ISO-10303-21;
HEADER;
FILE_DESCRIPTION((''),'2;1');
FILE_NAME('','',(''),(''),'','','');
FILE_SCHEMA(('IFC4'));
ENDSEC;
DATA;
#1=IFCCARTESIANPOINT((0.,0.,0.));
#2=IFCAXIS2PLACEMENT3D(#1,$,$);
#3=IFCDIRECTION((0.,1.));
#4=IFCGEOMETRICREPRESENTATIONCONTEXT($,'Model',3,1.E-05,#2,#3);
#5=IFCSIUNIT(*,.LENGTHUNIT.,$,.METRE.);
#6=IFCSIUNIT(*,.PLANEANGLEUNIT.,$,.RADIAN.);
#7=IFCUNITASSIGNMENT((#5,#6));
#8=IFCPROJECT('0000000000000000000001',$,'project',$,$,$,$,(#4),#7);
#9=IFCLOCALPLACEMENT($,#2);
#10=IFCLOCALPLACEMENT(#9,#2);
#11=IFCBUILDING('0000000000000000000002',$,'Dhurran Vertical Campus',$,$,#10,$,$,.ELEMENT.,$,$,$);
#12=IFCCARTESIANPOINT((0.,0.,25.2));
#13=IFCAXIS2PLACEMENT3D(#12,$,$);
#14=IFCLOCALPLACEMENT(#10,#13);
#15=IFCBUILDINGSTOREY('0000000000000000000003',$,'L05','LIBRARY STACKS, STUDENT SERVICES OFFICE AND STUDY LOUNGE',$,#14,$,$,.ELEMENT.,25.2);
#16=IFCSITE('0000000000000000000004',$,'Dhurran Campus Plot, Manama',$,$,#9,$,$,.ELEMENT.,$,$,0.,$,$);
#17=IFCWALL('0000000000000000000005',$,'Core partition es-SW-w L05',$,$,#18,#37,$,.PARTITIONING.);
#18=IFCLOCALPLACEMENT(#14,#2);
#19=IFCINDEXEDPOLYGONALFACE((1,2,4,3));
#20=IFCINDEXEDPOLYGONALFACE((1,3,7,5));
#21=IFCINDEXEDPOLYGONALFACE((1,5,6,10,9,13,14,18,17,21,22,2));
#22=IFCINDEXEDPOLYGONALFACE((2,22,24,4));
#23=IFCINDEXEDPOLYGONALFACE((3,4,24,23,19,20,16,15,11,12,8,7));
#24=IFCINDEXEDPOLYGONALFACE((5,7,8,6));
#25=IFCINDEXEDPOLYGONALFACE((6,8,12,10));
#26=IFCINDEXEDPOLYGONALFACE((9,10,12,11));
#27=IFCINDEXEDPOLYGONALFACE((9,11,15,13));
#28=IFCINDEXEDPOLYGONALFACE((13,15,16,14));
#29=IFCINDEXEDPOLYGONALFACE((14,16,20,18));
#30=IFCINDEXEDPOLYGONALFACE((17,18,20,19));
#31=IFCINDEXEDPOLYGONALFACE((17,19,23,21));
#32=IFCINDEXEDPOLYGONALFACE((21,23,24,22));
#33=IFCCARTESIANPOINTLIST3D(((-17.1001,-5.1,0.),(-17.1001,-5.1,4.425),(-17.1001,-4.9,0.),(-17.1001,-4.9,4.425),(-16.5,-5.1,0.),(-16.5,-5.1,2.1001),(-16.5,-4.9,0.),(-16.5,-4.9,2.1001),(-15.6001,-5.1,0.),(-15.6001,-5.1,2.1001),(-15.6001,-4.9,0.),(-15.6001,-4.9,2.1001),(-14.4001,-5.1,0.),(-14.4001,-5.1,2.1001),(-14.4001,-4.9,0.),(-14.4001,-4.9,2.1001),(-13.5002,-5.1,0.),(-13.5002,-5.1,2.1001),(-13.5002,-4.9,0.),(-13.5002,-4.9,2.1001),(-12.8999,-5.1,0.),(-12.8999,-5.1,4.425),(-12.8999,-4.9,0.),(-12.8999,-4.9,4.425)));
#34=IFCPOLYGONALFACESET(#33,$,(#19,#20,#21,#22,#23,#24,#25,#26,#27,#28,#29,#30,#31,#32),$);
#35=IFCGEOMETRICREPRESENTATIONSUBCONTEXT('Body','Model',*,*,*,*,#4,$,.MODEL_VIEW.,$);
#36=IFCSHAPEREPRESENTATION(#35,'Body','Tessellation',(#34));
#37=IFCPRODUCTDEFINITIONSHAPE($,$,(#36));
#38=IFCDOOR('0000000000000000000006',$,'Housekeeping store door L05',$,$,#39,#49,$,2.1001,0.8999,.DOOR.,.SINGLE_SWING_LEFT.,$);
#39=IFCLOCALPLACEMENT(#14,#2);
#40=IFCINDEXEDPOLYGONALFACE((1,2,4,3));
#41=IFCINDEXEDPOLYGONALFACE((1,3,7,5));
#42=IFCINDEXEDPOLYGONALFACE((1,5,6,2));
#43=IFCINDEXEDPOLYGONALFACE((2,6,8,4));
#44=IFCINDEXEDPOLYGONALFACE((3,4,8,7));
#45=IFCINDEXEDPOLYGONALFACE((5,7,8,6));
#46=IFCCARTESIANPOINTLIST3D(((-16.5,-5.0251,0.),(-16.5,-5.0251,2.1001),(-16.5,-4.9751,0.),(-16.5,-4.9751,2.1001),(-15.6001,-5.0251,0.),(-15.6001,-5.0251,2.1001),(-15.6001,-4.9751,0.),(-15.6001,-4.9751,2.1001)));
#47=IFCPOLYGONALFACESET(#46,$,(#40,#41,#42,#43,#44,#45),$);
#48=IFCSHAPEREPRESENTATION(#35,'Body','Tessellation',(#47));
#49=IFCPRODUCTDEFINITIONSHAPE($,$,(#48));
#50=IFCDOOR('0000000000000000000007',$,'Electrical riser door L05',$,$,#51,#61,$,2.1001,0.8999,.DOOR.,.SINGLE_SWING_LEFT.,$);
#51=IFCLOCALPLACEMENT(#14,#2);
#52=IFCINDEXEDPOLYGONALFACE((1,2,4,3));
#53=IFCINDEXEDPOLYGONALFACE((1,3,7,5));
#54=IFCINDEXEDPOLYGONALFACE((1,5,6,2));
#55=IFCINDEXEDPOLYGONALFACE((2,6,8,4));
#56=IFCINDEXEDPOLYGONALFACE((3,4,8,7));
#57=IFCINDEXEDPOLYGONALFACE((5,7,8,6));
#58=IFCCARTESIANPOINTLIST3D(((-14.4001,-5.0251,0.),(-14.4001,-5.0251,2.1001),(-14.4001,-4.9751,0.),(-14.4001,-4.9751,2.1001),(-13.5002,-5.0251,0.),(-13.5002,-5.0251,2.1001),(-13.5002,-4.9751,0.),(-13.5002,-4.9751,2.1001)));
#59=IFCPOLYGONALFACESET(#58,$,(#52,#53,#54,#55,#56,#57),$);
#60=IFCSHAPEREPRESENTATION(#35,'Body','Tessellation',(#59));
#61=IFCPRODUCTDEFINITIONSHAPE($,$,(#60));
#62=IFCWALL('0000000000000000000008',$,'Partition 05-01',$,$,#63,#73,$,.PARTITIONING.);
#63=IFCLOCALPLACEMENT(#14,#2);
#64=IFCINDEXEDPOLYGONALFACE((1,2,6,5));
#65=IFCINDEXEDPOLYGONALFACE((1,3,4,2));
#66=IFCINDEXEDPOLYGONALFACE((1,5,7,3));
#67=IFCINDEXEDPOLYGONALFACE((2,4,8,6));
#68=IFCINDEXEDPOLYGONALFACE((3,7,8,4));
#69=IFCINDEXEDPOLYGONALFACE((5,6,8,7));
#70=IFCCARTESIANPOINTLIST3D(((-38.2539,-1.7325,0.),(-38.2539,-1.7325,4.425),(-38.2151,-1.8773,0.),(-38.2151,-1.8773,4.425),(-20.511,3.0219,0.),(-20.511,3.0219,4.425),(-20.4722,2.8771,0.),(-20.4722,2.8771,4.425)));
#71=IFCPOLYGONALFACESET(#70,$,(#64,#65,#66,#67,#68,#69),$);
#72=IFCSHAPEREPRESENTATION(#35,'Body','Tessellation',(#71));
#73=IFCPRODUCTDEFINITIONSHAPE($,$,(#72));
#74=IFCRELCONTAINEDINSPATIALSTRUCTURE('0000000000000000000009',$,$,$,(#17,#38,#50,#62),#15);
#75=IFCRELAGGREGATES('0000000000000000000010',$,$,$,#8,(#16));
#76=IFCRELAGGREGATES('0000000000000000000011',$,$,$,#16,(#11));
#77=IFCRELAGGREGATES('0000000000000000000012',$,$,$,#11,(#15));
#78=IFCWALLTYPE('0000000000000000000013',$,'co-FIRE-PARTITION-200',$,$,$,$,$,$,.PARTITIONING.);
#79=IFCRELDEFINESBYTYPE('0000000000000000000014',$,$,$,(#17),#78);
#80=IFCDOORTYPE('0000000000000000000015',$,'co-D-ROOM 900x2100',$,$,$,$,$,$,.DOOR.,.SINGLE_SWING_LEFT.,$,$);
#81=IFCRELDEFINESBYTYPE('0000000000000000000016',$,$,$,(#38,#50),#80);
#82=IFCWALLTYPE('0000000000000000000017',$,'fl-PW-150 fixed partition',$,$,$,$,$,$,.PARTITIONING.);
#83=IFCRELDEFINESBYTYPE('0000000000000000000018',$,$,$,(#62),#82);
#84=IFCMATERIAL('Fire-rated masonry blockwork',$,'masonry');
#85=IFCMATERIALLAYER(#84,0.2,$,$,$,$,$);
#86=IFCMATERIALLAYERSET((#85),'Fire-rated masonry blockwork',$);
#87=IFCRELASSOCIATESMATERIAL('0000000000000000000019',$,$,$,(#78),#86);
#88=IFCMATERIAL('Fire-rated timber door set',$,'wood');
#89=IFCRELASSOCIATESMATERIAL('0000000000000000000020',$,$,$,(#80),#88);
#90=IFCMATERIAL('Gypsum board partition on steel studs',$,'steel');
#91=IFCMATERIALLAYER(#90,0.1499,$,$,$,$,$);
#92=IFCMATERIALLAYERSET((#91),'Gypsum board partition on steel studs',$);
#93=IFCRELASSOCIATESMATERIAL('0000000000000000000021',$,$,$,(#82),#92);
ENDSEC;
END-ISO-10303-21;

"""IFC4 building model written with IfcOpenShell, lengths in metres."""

from ifc_helpers import new_model, si_unit, direction, frame, frame_2d, origin, place, context, subcontext, project, spatial, rectangle, extrude, material, layer, layer_set, type_object, element, fill, save


model = new_model("IFC4")

# Units and contexts
model_context = context("Model", 3, precision=1e-05, world=origin(), true_north=direction((0.0, 1.0)))
body_context = subcontext(model_context, "Body", "Model", "MODEL_VIEW")
ifc_project = project(units=[si_unit("LENGTHUNIT", "METRE"), si_unit("PLANEANGLEUNIT", "RADIAN")], contexts=[model_context])

# Site, building, storey
site_placement = place(None, origin())
site = spatial("IfcSite", under=ifc_project, at=site_placement, Name="Dhurran Campus Plot, Manama", CompositionType="ELEMENT", RefElevation=0.0)
building_placement = place(site_placement, origin())
building = spatial("IfcBuilding", under=site, at=building_placement, Name="Dhurran Vertical Campus", CompositionType="ELEMENT")
storey_placement = place(building_placement, frame((0.0, 0.0, 25.2)))
storey = spatial("IfcBuildingStorey", under=building, at=storey_placement, Name="L05", Description="LIBRARY STACKS, STUDENT SERVICES OFFICE AND STUDY LOUNGE", CompositionType="ELEMENT", Elevation=25.2)

# Wall, openings, doors
ifc_material_1 = material(Name="Fire-rated masonry blockwork", Category="masonry")
ifc_layer_1 = layer(ifc_material_1, 0.2)
ifc_layer_set_1 = layer_set([ifc_layer_1], Name="Fire-rated masonry blockwork")
wall_type_1 = type_object("IfcWallType", Name="co-FIRE-PARTITION-200", PredefinedType="PARTITIONING", material=ifc_layer_set_1)
ifc_material_2 = material(Name="Fire-rated timber door set", Category="wood")
door_type_1 = type_object("IfcDoorType", Name="co-D-ROOM 900x2100", OperationType="SINGLE_SWING_LEFT", PredefinedType="DOOR", material=ifc_material_2)
wall_1_placement = place(storey_placement, frame((-17.1001, -5.0, 0.0), z_axis=(0.0, 0.0, 1.0), x_axis=(1.0, 0.0, 0.0)))
wall_1 = element("IfcWall", 1, at=wall_1_placement, inside=storey, type_object=wall_type_1, Name="Core partition es-SW-w L05", PredefinedType="PARTITIONING", context=body_context, shape_type="SweptSolid", body=[
    extrude(rectangle(XDim=4.2002, YDim=0.2, at=frame_2d((2.1001, 0.0))), origin(), (0.0, 0.0, 1.0), 4.425),
])
opening_1_placement = place(wall_1_placement, frame((0.6001, 0.0, 0.0)))
opening_1 = element("IfcOpeningElement", 2, at=opening_1_placement, cuts=wall_1, PredefinedType="OPENING", context=body_context, shape_type="SweptSolid", body=[
    extrude(rectangle(XDim=0.8999, YDim=2.1001, at=frame_2d((0.45, 1.05))), frame((0.0, 0.1099, 0.0), z_axis=(0.0, -1.0, 0.0), x_axis=(1.0, 0.0, 0.0)), (0.0, 0.0, 1.0), 0.22),
])
opening_2_placement = place(wall_1_placement, frame((2.7, 0.0, 0.0)))
opening_2 = element("IfcOpeningElement", 3, at=opening_2_placement, cuts=wall_1, PredefinedType="OPENING", context=body_context, shape_type="SweptSolid", body=[
    extrude(rectangle(XDim=0.8999, YDim=2.1001, at=frame_2d((0.45, 1.05))), frame((0.0, 0.1099, 0.0), z_axis=(0.0, -1.0, 0.0), x_axis=(1.0, 0.0, 0.0)), (0.0, 0.0, 1.0), 0.22),
])
door_1_placement = place(opening_1_placement, origin())
door_1 = element("IfcDoor", 4, at=door_1_placement, inside=storey, type_object=door_type_1, Name="Housekeeping store door L05", OperationType="SINGLE_SWING_LEFT", OverallHeight=2.1001, OverallWidth=0.8999, PredefinedType="DOOR", context=body_context, shape_type="SweptSolid", body=[
    extrude(rectangle(XDim=0.8999, YDim=2.1001, at=frame_2d((0.45, 1.05))), frame((0.0, 0.0249, 0.0), z_axis=(0.0, -1.0, 0.0), x_axis=(1.0, 0.0, 0.0)), (0.0, 0.0, 1.0), 0.05),
])
fill(opening_1, door_1)
door_2_placement = place(opening_2_placement, origin())
door_2 = element("IfcDoor", 5, at=door_2_placement, inside=storey, type_object=door_type_1, Name="Electrical riser door L05", OperationType="SINGLE_SWING_LEFT", OverallHeight=2.1001, OverallWidth=0.8999, PredefinedType="DOOR", context=body_context, shape_type="SweptSolid", body=[
    extrude(rectangle(XDim=0.8999, YDim=2.1001, at=frame_2d((0.45, 1.05))), frame((0.0, 0.0249, 0.0), z_axis=(0.0, -1.0, 0.0), x_axis=(1.0, 0.0, 0.0)), (0.0, 0.0, 1.0), 0.05),
])
fill(opening_2, door_2)

# Wall
ifc_material_3 = material(Name="Gypsum board partition on steel studs", Category="steel")
ifc_layer_2 = layer(ifc_material_3, 0.1499)
ifc_layer_set_2 = layer_set([ifc_layer_2], Name="Gypsum board partition on steel studs")
wall_type_2 = type_object("IfcWallType", Name="fl-PW-150 fixed partition", PredefinedType="PARTITIONING", material=ifc_layer_set_2)
wall_2_placement = place(storey_placement, frame((-38.2346, -1.8049, 0.0), z_axis=(0.0, 0.0, 1.0), x_axis=(0.965923, 0.258829, 0.0)))
element("IfcWall", 6, at=wall_2_placement, inside=storey, type_object=wall_type_2, Name="Partition 05-01", PredefinedType="PARTITIONING", context=body_context, shape_type="SweptSolid", body=[
    extrude(rectangle(XDim=18.3689, YDim=0.1499, at=frame_2d((9.1846, 0.0))), origin(), (0.0, 0.0, 1.0), 4.425),
])

save(model, "model.ifc")
